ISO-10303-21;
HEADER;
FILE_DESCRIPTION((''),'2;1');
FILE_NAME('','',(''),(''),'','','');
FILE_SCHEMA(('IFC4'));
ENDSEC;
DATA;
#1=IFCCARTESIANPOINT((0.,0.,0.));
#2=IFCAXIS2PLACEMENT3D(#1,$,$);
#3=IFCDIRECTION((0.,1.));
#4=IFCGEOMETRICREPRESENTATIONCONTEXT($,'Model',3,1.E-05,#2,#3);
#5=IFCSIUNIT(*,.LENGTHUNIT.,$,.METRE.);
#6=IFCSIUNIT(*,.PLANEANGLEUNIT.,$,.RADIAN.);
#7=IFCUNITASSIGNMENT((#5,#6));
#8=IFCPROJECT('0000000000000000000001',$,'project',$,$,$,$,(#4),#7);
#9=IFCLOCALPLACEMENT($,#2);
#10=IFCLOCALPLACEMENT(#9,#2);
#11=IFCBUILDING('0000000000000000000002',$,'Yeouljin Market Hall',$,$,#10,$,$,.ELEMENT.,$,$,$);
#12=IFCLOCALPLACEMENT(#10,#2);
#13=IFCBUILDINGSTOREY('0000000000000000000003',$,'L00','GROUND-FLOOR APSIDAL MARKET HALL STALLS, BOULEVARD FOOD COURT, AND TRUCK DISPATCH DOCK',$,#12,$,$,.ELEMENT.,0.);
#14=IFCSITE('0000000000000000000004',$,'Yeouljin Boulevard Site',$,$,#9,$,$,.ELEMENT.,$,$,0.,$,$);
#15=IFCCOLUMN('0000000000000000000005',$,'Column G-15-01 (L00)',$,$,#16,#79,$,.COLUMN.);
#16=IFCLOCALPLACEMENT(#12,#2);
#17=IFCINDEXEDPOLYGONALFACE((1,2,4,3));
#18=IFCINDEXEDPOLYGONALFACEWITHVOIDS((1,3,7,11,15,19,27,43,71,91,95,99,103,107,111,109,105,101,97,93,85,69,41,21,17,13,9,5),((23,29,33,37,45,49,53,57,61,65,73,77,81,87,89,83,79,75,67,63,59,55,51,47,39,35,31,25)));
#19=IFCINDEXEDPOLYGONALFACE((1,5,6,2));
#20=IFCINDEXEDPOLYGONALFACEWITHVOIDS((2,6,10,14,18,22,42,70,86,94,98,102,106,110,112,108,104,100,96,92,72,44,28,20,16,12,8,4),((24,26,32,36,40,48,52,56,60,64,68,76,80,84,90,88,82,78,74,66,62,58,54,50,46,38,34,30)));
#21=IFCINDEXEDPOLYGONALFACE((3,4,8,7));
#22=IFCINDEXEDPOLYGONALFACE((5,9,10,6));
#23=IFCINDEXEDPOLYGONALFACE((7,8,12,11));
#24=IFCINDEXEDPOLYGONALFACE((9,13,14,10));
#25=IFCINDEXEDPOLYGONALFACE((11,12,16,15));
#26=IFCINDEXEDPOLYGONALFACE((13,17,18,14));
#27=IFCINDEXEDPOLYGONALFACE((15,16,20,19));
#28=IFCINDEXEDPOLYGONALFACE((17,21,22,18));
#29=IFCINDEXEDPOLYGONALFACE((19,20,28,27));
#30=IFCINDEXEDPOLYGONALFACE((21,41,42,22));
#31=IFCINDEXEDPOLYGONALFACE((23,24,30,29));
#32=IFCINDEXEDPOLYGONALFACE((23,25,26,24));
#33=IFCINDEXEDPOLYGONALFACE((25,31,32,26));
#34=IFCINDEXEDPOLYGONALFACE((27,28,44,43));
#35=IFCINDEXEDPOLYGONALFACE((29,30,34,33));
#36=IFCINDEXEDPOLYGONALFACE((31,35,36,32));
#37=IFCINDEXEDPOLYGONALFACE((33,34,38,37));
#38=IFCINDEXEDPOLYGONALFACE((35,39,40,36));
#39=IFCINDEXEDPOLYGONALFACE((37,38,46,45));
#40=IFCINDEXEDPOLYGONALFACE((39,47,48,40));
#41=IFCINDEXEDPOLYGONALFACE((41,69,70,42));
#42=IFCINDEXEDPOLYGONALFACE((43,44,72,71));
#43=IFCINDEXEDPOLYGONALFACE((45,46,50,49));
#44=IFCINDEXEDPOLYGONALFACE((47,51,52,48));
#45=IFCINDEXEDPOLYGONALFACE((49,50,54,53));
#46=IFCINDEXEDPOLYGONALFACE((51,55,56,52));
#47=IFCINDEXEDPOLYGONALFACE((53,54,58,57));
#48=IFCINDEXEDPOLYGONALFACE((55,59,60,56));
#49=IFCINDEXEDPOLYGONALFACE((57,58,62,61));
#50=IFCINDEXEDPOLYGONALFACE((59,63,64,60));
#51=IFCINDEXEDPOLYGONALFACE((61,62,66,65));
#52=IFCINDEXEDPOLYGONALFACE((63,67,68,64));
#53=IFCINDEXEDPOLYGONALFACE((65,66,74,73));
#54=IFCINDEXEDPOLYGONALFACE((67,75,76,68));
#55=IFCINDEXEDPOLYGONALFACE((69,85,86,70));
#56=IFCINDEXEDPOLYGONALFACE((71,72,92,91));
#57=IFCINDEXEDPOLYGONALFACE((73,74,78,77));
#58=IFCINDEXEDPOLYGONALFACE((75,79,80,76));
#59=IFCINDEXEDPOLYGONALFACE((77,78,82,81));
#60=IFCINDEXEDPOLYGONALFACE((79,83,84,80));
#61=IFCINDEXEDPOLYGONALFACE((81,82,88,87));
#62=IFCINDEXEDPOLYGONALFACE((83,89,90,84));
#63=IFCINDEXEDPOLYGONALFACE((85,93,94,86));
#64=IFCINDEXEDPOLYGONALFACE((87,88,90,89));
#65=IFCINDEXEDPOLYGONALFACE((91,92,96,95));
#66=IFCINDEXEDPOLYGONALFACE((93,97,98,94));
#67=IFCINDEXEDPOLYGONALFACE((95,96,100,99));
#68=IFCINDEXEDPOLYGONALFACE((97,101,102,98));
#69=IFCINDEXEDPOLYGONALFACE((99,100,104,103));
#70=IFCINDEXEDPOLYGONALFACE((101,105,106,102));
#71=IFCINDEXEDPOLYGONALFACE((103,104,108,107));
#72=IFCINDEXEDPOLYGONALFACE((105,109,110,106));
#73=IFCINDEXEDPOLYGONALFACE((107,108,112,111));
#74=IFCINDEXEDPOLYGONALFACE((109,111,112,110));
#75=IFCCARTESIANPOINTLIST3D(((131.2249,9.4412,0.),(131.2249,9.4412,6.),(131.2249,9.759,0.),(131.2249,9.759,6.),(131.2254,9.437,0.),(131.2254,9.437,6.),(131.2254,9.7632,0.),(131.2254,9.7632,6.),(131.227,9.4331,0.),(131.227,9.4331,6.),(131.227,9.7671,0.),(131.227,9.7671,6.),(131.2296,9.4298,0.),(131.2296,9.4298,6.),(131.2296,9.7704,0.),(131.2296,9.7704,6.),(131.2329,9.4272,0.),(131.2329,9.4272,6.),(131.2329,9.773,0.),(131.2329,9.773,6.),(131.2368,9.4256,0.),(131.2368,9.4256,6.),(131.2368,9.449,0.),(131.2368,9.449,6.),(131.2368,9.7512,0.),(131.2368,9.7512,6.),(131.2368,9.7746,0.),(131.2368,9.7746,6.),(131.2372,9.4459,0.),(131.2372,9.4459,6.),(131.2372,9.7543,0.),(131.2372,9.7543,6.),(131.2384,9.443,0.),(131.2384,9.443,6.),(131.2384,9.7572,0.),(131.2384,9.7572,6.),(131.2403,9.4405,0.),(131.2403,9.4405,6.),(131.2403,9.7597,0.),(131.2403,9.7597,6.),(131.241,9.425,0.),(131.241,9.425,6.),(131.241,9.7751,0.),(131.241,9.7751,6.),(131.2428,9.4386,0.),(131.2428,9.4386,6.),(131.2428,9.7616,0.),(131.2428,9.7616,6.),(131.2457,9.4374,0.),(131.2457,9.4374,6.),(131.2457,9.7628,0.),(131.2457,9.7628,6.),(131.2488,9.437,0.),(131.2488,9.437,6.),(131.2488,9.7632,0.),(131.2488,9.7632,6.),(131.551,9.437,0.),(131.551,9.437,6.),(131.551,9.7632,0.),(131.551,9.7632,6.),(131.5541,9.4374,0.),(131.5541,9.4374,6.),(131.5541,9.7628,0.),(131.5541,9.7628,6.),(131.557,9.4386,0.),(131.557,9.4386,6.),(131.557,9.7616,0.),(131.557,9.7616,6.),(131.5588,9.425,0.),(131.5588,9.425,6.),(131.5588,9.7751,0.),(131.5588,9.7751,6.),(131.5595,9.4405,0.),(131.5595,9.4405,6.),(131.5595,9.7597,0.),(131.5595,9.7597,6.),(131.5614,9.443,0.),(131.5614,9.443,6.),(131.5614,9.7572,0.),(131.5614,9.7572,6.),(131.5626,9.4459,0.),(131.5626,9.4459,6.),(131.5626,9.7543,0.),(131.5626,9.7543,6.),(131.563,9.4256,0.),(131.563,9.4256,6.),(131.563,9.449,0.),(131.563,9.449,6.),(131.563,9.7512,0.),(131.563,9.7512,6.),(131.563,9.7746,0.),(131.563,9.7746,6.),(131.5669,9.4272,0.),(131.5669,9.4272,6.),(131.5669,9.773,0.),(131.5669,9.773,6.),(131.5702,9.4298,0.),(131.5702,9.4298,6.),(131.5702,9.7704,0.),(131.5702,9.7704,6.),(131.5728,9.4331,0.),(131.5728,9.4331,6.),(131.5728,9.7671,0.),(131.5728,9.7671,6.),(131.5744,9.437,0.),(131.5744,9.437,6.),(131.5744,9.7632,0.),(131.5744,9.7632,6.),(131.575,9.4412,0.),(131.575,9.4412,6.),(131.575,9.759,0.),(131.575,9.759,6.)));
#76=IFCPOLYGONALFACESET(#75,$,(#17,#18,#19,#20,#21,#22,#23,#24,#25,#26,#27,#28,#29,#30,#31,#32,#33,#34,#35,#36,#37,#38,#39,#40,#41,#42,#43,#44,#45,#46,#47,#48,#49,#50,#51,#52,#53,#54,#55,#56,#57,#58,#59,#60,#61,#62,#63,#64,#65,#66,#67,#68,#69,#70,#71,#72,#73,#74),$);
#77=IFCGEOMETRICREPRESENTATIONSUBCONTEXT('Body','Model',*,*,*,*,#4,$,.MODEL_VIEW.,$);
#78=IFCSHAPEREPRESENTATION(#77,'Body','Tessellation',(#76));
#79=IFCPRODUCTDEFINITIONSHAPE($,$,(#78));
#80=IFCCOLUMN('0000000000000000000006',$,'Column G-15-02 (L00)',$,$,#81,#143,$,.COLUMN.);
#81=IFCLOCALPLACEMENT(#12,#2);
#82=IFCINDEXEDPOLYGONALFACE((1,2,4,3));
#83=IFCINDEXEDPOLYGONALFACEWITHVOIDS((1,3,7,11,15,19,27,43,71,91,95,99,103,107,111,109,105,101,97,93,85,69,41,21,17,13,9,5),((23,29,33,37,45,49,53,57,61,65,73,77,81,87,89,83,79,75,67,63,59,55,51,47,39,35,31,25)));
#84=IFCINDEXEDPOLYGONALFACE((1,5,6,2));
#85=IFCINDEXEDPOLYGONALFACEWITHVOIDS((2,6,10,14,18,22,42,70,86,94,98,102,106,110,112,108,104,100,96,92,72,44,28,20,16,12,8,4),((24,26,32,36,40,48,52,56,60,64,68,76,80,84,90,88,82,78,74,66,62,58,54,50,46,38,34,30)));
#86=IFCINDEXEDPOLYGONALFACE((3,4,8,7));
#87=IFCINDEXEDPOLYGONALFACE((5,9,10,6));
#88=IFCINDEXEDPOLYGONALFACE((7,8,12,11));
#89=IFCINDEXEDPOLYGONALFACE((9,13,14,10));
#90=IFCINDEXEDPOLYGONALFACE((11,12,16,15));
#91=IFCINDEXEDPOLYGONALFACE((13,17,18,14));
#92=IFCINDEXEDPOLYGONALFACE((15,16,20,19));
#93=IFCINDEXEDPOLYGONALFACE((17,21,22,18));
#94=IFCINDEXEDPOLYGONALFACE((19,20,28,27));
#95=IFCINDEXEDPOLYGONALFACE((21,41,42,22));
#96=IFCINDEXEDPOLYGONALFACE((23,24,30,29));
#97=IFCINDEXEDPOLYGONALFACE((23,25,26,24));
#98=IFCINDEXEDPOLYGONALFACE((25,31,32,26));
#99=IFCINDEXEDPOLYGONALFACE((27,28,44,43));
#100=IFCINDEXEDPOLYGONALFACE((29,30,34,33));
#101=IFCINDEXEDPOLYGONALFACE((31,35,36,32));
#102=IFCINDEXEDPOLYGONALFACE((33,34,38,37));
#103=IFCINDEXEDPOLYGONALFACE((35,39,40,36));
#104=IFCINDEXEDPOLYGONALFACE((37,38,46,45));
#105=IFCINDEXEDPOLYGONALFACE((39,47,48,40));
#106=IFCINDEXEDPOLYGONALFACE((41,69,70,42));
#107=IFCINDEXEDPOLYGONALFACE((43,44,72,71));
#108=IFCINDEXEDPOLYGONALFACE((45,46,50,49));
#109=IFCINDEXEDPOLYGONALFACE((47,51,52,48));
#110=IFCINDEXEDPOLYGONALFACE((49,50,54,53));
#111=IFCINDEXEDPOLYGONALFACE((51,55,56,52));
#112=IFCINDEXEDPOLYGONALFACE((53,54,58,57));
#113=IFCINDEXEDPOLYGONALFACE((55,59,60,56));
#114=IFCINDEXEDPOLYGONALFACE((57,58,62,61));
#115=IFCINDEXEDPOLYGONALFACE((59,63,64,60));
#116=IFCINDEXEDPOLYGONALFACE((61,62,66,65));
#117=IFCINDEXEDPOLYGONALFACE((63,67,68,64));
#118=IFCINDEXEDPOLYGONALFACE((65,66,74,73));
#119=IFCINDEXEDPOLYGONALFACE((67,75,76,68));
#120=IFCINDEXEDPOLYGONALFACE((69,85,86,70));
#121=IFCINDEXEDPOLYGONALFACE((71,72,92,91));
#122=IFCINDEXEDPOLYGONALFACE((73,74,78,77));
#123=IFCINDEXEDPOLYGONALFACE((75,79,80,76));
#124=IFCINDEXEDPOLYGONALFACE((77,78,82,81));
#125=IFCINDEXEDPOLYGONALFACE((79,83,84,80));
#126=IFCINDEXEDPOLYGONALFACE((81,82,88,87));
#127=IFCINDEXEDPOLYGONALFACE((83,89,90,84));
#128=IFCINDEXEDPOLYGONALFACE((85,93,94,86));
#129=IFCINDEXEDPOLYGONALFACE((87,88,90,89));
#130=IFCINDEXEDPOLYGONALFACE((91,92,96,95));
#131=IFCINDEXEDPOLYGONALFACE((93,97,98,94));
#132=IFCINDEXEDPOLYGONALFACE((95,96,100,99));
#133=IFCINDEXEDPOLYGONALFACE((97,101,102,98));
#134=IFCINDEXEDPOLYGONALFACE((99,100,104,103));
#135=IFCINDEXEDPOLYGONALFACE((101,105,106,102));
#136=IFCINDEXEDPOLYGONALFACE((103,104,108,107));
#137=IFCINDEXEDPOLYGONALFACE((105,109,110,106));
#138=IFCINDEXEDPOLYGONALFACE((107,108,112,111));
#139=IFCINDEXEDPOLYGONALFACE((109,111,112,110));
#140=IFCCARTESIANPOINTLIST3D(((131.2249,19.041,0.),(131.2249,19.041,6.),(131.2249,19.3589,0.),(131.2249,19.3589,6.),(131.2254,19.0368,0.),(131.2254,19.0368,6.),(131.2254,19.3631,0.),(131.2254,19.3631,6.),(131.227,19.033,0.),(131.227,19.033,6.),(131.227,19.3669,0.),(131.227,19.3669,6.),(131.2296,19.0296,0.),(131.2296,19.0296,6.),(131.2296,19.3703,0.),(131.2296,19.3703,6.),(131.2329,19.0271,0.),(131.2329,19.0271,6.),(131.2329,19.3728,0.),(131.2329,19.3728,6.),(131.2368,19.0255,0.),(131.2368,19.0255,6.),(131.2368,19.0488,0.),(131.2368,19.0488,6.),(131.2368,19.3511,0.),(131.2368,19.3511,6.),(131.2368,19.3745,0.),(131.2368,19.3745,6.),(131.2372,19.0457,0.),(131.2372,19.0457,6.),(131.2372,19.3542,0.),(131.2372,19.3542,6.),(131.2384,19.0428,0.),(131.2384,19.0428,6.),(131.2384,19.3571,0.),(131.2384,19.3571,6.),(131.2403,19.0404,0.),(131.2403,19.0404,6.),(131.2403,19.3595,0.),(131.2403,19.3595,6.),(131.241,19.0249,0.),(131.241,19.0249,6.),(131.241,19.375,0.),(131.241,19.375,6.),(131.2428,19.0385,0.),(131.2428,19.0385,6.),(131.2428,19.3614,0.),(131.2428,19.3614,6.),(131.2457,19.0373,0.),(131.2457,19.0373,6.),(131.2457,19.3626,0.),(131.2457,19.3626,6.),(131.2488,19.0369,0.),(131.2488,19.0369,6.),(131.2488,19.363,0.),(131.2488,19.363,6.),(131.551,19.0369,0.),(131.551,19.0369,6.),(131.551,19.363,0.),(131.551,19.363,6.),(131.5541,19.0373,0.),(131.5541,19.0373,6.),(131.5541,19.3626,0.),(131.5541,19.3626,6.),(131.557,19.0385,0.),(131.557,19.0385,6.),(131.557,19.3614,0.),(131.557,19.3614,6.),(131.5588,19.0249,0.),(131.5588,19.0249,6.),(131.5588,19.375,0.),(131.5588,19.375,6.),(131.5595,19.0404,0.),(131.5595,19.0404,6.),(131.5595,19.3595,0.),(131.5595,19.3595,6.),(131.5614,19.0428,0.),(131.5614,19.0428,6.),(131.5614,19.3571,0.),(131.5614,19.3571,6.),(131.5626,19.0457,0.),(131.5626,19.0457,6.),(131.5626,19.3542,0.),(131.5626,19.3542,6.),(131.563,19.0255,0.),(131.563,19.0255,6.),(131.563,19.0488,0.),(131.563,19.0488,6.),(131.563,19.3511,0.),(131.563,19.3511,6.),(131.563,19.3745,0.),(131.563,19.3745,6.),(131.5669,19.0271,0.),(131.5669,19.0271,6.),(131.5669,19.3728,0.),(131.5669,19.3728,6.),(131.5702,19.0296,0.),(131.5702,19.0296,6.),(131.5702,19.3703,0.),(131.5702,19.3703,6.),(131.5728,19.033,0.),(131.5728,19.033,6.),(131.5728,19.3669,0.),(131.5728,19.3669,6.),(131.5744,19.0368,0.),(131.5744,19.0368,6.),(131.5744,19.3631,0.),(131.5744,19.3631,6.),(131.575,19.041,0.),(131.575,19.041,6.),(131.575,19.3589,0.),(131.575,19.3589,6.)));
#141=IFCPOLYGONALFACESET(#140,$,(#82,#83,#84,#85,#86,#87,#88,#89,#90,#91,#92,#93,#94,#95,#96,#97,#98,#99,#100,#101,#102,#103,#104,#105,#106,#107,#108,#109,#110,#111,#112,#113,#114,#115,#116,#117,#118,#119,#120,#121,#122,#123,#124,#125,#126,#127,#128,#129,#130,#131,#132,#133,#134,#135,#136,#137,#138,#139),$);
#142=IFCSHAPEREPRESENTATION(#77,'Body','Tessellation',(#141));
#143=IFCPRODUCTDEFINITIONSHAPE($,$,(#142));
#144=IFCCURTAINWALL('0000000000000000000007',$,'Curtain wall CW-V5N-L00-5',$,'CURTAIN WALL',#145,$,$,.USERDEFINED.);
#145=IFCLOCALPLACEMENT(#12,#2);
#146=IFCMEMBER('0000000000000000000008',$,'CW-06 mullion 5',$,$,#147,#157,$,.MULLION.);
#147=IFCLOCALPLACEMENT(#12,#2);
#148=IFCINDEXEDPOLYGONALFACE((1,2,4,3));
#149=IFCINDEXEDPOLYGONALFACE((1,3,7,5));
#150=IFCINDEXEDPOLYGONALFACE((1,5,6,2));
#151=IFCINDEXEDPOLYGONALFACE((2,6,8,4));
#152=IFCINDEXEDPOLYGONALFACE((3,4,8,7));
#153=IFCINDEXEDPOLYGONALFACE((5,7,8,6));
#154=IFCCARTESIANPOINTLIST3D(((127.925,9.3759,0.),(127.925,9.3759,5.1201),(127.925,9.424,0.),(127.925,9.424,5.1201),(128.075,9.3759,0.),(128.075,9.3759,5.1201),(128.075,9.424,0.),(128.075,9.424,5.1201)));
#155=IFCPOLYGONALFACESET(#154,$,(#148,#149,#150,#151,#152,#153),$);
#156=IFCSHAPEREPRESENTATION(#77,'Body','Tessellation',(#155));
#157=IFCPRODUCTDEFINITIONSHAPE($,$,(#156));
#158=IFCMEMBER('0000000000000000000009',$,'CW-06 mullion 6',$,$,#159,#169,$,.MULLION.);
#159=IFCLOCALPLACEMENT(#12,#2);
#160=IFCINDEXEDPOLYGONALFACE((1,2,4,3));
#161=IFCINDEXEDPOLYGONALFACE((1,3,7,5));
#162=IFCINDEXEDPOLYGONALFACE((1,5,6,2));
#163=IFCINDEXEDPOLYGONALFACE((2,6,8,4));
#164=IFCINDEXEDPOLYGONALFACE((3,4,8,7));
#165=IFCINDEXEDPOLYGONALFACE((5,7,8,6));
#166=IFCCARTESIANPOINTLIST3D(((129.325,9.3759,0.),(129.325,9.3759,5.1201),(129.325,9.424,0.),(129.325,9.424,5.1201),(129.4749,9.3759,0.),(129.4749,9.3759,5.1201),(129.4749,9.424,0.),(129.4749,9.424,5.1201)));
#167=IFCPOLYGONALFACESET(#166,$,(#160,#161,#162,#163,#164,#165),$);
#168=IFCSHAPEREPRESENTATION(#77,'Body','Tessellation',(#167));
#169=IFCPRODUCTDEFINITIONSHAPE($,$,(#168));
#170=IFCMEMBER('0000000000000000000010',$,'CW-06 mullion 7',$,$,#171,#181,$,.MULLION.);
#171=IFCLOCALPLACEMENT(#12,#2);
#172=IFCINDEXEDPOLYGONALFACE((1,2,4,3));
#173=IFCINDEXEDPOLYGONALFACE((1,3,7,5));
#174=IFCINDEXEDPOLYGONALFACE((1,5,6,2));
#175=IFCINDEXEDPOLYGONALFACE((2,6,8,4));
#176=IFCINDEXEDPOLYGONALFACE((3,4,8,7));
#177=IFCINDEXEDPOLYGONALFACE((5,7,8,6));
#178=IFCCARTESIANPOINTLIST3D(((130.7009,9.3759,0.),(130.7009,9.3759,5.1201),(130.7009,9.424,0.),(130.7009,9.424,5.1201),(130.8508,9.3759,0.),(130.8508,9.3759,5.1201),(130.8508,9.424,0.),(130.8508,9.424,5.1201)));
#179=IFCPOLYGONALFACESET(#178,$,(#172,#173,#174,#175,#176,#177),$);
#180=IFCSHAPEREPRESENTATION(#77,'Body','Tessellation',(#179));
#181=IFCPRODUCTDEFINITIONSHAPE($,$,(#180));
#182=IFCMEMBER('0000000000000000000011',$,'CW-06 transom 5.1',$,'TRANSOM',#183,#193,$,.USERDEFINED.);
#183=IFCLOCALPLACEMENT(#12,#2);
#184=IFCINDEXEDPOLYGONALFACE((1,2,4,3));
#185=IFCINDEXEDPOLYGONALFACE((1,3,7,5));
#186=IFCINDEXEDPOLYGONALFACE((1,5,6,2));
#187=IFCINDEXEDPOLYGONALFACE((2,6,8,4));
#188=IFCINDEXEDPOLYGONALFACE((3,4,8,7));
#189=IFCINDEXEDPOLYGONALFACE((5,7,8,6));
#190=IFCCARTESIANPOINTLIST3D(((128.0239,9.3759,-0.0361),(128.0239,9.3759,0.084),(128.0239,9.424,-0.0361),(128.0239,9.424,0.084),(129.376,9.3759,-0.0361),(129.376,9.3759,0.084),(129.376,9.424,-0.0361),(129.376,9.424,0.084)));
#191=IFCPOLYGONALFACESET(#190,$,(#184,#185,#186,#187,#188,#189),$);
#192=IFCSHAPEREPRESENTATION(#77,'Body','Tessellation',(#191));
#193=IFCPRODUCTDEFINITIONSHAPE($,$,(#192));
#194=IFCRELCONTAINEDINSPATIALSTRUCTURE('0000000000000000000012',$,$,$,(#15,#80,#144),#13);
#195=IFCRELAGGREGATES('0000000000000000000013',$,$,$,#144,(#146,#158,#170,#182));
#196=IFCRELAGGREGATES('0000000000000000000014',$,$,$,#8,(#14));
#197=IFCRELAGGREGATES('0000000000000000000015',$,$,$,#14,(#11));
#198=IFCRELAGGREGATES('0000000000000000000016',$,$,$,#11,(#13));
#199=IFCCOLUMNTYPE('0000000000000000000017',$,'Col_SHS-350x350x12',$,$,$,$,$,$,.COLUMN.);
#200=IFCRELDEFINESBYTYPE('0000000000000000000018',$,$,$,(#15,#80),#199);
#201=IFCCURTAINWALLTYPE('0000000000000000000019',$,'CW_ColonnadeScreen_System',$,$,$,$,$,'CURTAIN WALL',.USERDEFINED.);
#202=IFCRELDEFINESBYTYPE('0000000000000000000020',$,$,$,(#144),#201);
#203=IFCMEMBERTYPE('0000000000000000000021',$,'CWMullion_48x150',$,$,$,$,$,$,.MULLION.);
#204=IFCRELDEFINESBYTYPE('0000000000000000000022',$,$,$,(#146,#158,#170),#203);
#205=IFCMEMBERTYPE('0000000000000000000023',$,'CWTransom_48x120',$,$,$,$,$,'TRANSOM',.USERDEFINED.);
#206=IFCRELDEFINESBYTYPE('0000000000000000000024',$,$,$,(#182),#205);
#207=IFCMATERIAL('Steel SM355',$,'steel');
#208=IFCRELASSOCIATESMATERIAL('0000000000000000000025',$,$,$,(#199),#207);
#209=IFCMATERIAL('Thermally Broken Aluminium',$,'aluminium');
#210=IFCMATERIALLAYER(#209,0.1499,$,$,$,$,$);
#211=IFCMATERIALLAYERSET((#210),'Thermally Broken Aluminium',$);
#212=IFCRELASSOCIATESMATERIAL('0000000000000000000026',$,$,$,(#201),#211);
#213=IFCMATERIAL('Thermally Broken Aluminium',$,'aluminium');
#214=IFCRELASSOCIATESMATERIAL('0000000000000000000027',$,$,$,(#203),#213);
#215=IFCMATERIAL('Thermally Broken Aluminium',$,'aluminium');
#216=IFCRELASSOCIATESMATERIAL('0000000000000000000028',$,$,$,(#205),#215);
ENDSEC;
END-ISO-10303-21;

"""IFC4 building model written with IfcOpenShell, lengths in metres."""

from ifc_helpers import new_model, si_unit, direction, frame, origin, origin_2d, place, context, subcontext, project, spatial, rectangle, hollow_rectangle, extrude, material, layer, layer_set, material_profile, profile_set, type_object, element, aggregate, save


model = new_model("IFC4")

# Units and contexts
model_context = context("Model", 3, precision=1e-05, world=origin(), true_north=direction((0.0, 1.0)))
body_context = subcontext(model_context, "Body", "Model", "MODEL_VIEW")
ifc_project = project(units=[si_unit("LENGTHUNIT", "METRE"), si_unit("PLANEANGLEUNIT", "RADIAN")], contexts=[model_context])

# Site, building, storey
site_placement = place(None, origin())
site = spatial("IfcSite", under=ifc_project, at=site_placement, Name="Yeouljin Boulevard Site", CompositionType="ELEMENT", RefElevation=0.0)
building_placement = place(site_placement, origin())
building = spatial("IfcBuilding", under=site, at=building_placement, Name="Yeouljin Market Hall", CompositionType="ELEMENT")
storey_placement = place(building_placement, origin())
storey = spatial("IfcBuildingStorey", under=building, at=storey_placement, Name="L00", Description="GROUND-FLOOR APSIDAL MARKET HALL STALLS, BOULEVARD FOOD COURT, AND TRUCK DISPATCH DOCK", CompositionType="ELEMENT", Elevation=0.0)

# Columns
ifc_material_1 = material(Name="Steel SM355", Category="steel")
ifc_material_profile_1 = material_profile(ifc_material_1, hollow_rectangle(XDim=0.3501, YDim=0.3501, WallThickness=0.012, InnerFilletRadius=0.012, OuterFilletRadius=0.0161, at=origin_2d()), Name="SHS-350x350x12")
ifc_profile_set_1 = profile_set([ifc_material_profile_1], Name="Steel SM355")
column_type_1 = type_object("IfcColumnType", Name="Col_SHS-350x350x12", PredefinedType="COLUMN", material=ifc_profile_set_1)
for number, where, z_axis, x_axis, name in (
    (1, (131.3999, 9.6001, 0.0), (0.0, 0.0, 1.0), (1.0, 0.0, 0.0), "Column G-15-01 (L00)"),
    (2, (131.3999, 19.2, 0.0), (0.0, 0.0, 1.0), (1.0, 0.0, 0.0), "Column G-15-02 (L00)"),
):
    element("IfcColumn", number, at=place(storey_placement, frame(where, z_axis=z_axis, x_axis=x_axis)), inside=storey, type_object=column_type_1, Name=name, PredefinedType="COLUMN", context=body_context, shape_type="SweptSolid", body=[
        extrude(hollow_rectangle(XDim=0.3501, YDim=0.3501, WallThickness=0.012, InnerFilletRadius=0.012, OuterFilletRadius=0.0161, at=origin_2d()), origin(), (0.0, 0.0, 1.0), 6.0),
    ])

# Curtain wall, members
ifc_material_2 = material(Name="Thermally Broken Aluminium", Category="aluminium")
ifc_layer_1 = layer(ifc_material_2, 0.1499)
ifc_layer_set_1 = layer_set([ifc_layer_1], Name="Thermally Broken Aluminium")
curtain_wall_type = type_object("IfcCurtainWallType", Name="CW_ColonnadeScreen_System", ElementType="CURTAIN WALL", PredefinedType="USERDEFINED", material=ifc_layer_set_1)
curtain_wall_placement = place(storey_placement, origin())
curtain_wall = element("IfcCurtainWall", 3, at=curtain_wall_placement, inside=storey, type_object=curtain_wall_type, Name="Curtain wall CW-V5N-L00-5", ObjectType="CURTAIN WALL", PredefinedType="USERDEFINED")
ifc_material_3 = material(Name="Thermally Broken Aluminium", Category="aluminium")
ifc_material_profile_2 = material_profile(ifc_material_3, rectangle(XDim=0.0481, YDim=0.1499, at=origin_2d()), Name="CW-MULL-48x150")
ifc_profile_set_2 = profile_set([ifc_material_profile_2], Name="Thermally Broken Aluminium")
member_type_1 = type_object("IfcMemberType", Name="CWMullion_48x150", PredefinedType="MULLION", material=ifc_profile_set_2)
member_1_placement = place(storey_placement, frame((128.0, 9.3999, 0.0), z_axis=(0.0, 0.0, 1.0), x_axis=(0.0, 1.0, 0.0)))
member_1 = element("IfcMember", 4, at=member_1_placement, type_object=member_type_1, Name="CW-06 mullion 5", PredefinedType="MULLION", context=body_context, shape_type="SweptSolid", body=[
    extrude(rectangle(XDim=0.0481, YDim=0.1499, at=origin_2d()), origin(), (0.0, 0.0, 1.0), 5.1201),
])
member_2_placement = place(storey_placement, frame((129.3999, 9.3999, 0.0), z_axis=(0.0, 0.0, 1.0), x_axis=(0.0, 1.0, 0.0)))
member_2 = element("IfcMember", 5, at=member_2_placement, type_object=member_type_1, Name="CW-06 mullion 6", PredefinedType="MULLION", context=body_context, shape_type="SweptSolid", body=[
    extrude(rectangle(XDim=0.0481, YDim=0.1499, at=origin_2d()), origin(), (0.0, 0.0, 1.0), 5.1201),
])
member_3_placement = place(storey_placement, frame((130.7759, 9.3999, 0.0), z_axis=(0.0, 0.0, 1.0), x_axis=(0.0, 1.0, 0.0)))
member_3 = element("IfcMember", 6, at=member_3_placement, type_object=member_type_1, Name="CW-06 mullion 7", PredefinedType="MULLION", context=body_context, shape_type="SweptSolid", body=[
    extrude(rectangle(XDim=0.0481, YDim=0.1499, at=origin_2d()), origin(), (0.0, 0.0, 1.0), 5.1201),
])
ifc_material_4 = material(Name="Thermally Broken Aluminium", Category="aluminium")
ifc_material_profile_3 = material_profile(ifc_material_4, rectangle(XDim=0.0481, YDim=0.1201, at=origin_2d()), Name="CW-TRAN-48x120")
ifc_profile_set_3 = profile_set([ifc_material_profile_3], Name="Thermally Broken Aluminium")
member_type_2 = type_object("IfcMemberType", Name="CWTransom_48x120", ElementType="TRANSOM", PredefinedType="USERDEFINED", material=ifc_profile_set_3)
member_4_placement = place(storey_placement, frame((128.0239, 9.3999, 0.0239), z_axis=(1.0, 0.0, 0.0), x_axis=(0.0, 1.0, 0.0)))
member_4 = element("IfcMember", 7, at=member_4_placement, type_object=member_type_2, Name="CW-06 transom 5.1", ObjectType="TRANSOM", PredefinedType="USERDEFINED", context=body_context, shape_type="SweptSolid", body=[
    extrude(rectangle(XDim=0.0481, YDim=0.1201, at=origin_2d()), origin(), (0.0, 0.0, 1.0), 1.3521),
])

aggregate(curtain_wall, [member_1, member_2, member_3, member_4])

save(model, "model.ifc")
